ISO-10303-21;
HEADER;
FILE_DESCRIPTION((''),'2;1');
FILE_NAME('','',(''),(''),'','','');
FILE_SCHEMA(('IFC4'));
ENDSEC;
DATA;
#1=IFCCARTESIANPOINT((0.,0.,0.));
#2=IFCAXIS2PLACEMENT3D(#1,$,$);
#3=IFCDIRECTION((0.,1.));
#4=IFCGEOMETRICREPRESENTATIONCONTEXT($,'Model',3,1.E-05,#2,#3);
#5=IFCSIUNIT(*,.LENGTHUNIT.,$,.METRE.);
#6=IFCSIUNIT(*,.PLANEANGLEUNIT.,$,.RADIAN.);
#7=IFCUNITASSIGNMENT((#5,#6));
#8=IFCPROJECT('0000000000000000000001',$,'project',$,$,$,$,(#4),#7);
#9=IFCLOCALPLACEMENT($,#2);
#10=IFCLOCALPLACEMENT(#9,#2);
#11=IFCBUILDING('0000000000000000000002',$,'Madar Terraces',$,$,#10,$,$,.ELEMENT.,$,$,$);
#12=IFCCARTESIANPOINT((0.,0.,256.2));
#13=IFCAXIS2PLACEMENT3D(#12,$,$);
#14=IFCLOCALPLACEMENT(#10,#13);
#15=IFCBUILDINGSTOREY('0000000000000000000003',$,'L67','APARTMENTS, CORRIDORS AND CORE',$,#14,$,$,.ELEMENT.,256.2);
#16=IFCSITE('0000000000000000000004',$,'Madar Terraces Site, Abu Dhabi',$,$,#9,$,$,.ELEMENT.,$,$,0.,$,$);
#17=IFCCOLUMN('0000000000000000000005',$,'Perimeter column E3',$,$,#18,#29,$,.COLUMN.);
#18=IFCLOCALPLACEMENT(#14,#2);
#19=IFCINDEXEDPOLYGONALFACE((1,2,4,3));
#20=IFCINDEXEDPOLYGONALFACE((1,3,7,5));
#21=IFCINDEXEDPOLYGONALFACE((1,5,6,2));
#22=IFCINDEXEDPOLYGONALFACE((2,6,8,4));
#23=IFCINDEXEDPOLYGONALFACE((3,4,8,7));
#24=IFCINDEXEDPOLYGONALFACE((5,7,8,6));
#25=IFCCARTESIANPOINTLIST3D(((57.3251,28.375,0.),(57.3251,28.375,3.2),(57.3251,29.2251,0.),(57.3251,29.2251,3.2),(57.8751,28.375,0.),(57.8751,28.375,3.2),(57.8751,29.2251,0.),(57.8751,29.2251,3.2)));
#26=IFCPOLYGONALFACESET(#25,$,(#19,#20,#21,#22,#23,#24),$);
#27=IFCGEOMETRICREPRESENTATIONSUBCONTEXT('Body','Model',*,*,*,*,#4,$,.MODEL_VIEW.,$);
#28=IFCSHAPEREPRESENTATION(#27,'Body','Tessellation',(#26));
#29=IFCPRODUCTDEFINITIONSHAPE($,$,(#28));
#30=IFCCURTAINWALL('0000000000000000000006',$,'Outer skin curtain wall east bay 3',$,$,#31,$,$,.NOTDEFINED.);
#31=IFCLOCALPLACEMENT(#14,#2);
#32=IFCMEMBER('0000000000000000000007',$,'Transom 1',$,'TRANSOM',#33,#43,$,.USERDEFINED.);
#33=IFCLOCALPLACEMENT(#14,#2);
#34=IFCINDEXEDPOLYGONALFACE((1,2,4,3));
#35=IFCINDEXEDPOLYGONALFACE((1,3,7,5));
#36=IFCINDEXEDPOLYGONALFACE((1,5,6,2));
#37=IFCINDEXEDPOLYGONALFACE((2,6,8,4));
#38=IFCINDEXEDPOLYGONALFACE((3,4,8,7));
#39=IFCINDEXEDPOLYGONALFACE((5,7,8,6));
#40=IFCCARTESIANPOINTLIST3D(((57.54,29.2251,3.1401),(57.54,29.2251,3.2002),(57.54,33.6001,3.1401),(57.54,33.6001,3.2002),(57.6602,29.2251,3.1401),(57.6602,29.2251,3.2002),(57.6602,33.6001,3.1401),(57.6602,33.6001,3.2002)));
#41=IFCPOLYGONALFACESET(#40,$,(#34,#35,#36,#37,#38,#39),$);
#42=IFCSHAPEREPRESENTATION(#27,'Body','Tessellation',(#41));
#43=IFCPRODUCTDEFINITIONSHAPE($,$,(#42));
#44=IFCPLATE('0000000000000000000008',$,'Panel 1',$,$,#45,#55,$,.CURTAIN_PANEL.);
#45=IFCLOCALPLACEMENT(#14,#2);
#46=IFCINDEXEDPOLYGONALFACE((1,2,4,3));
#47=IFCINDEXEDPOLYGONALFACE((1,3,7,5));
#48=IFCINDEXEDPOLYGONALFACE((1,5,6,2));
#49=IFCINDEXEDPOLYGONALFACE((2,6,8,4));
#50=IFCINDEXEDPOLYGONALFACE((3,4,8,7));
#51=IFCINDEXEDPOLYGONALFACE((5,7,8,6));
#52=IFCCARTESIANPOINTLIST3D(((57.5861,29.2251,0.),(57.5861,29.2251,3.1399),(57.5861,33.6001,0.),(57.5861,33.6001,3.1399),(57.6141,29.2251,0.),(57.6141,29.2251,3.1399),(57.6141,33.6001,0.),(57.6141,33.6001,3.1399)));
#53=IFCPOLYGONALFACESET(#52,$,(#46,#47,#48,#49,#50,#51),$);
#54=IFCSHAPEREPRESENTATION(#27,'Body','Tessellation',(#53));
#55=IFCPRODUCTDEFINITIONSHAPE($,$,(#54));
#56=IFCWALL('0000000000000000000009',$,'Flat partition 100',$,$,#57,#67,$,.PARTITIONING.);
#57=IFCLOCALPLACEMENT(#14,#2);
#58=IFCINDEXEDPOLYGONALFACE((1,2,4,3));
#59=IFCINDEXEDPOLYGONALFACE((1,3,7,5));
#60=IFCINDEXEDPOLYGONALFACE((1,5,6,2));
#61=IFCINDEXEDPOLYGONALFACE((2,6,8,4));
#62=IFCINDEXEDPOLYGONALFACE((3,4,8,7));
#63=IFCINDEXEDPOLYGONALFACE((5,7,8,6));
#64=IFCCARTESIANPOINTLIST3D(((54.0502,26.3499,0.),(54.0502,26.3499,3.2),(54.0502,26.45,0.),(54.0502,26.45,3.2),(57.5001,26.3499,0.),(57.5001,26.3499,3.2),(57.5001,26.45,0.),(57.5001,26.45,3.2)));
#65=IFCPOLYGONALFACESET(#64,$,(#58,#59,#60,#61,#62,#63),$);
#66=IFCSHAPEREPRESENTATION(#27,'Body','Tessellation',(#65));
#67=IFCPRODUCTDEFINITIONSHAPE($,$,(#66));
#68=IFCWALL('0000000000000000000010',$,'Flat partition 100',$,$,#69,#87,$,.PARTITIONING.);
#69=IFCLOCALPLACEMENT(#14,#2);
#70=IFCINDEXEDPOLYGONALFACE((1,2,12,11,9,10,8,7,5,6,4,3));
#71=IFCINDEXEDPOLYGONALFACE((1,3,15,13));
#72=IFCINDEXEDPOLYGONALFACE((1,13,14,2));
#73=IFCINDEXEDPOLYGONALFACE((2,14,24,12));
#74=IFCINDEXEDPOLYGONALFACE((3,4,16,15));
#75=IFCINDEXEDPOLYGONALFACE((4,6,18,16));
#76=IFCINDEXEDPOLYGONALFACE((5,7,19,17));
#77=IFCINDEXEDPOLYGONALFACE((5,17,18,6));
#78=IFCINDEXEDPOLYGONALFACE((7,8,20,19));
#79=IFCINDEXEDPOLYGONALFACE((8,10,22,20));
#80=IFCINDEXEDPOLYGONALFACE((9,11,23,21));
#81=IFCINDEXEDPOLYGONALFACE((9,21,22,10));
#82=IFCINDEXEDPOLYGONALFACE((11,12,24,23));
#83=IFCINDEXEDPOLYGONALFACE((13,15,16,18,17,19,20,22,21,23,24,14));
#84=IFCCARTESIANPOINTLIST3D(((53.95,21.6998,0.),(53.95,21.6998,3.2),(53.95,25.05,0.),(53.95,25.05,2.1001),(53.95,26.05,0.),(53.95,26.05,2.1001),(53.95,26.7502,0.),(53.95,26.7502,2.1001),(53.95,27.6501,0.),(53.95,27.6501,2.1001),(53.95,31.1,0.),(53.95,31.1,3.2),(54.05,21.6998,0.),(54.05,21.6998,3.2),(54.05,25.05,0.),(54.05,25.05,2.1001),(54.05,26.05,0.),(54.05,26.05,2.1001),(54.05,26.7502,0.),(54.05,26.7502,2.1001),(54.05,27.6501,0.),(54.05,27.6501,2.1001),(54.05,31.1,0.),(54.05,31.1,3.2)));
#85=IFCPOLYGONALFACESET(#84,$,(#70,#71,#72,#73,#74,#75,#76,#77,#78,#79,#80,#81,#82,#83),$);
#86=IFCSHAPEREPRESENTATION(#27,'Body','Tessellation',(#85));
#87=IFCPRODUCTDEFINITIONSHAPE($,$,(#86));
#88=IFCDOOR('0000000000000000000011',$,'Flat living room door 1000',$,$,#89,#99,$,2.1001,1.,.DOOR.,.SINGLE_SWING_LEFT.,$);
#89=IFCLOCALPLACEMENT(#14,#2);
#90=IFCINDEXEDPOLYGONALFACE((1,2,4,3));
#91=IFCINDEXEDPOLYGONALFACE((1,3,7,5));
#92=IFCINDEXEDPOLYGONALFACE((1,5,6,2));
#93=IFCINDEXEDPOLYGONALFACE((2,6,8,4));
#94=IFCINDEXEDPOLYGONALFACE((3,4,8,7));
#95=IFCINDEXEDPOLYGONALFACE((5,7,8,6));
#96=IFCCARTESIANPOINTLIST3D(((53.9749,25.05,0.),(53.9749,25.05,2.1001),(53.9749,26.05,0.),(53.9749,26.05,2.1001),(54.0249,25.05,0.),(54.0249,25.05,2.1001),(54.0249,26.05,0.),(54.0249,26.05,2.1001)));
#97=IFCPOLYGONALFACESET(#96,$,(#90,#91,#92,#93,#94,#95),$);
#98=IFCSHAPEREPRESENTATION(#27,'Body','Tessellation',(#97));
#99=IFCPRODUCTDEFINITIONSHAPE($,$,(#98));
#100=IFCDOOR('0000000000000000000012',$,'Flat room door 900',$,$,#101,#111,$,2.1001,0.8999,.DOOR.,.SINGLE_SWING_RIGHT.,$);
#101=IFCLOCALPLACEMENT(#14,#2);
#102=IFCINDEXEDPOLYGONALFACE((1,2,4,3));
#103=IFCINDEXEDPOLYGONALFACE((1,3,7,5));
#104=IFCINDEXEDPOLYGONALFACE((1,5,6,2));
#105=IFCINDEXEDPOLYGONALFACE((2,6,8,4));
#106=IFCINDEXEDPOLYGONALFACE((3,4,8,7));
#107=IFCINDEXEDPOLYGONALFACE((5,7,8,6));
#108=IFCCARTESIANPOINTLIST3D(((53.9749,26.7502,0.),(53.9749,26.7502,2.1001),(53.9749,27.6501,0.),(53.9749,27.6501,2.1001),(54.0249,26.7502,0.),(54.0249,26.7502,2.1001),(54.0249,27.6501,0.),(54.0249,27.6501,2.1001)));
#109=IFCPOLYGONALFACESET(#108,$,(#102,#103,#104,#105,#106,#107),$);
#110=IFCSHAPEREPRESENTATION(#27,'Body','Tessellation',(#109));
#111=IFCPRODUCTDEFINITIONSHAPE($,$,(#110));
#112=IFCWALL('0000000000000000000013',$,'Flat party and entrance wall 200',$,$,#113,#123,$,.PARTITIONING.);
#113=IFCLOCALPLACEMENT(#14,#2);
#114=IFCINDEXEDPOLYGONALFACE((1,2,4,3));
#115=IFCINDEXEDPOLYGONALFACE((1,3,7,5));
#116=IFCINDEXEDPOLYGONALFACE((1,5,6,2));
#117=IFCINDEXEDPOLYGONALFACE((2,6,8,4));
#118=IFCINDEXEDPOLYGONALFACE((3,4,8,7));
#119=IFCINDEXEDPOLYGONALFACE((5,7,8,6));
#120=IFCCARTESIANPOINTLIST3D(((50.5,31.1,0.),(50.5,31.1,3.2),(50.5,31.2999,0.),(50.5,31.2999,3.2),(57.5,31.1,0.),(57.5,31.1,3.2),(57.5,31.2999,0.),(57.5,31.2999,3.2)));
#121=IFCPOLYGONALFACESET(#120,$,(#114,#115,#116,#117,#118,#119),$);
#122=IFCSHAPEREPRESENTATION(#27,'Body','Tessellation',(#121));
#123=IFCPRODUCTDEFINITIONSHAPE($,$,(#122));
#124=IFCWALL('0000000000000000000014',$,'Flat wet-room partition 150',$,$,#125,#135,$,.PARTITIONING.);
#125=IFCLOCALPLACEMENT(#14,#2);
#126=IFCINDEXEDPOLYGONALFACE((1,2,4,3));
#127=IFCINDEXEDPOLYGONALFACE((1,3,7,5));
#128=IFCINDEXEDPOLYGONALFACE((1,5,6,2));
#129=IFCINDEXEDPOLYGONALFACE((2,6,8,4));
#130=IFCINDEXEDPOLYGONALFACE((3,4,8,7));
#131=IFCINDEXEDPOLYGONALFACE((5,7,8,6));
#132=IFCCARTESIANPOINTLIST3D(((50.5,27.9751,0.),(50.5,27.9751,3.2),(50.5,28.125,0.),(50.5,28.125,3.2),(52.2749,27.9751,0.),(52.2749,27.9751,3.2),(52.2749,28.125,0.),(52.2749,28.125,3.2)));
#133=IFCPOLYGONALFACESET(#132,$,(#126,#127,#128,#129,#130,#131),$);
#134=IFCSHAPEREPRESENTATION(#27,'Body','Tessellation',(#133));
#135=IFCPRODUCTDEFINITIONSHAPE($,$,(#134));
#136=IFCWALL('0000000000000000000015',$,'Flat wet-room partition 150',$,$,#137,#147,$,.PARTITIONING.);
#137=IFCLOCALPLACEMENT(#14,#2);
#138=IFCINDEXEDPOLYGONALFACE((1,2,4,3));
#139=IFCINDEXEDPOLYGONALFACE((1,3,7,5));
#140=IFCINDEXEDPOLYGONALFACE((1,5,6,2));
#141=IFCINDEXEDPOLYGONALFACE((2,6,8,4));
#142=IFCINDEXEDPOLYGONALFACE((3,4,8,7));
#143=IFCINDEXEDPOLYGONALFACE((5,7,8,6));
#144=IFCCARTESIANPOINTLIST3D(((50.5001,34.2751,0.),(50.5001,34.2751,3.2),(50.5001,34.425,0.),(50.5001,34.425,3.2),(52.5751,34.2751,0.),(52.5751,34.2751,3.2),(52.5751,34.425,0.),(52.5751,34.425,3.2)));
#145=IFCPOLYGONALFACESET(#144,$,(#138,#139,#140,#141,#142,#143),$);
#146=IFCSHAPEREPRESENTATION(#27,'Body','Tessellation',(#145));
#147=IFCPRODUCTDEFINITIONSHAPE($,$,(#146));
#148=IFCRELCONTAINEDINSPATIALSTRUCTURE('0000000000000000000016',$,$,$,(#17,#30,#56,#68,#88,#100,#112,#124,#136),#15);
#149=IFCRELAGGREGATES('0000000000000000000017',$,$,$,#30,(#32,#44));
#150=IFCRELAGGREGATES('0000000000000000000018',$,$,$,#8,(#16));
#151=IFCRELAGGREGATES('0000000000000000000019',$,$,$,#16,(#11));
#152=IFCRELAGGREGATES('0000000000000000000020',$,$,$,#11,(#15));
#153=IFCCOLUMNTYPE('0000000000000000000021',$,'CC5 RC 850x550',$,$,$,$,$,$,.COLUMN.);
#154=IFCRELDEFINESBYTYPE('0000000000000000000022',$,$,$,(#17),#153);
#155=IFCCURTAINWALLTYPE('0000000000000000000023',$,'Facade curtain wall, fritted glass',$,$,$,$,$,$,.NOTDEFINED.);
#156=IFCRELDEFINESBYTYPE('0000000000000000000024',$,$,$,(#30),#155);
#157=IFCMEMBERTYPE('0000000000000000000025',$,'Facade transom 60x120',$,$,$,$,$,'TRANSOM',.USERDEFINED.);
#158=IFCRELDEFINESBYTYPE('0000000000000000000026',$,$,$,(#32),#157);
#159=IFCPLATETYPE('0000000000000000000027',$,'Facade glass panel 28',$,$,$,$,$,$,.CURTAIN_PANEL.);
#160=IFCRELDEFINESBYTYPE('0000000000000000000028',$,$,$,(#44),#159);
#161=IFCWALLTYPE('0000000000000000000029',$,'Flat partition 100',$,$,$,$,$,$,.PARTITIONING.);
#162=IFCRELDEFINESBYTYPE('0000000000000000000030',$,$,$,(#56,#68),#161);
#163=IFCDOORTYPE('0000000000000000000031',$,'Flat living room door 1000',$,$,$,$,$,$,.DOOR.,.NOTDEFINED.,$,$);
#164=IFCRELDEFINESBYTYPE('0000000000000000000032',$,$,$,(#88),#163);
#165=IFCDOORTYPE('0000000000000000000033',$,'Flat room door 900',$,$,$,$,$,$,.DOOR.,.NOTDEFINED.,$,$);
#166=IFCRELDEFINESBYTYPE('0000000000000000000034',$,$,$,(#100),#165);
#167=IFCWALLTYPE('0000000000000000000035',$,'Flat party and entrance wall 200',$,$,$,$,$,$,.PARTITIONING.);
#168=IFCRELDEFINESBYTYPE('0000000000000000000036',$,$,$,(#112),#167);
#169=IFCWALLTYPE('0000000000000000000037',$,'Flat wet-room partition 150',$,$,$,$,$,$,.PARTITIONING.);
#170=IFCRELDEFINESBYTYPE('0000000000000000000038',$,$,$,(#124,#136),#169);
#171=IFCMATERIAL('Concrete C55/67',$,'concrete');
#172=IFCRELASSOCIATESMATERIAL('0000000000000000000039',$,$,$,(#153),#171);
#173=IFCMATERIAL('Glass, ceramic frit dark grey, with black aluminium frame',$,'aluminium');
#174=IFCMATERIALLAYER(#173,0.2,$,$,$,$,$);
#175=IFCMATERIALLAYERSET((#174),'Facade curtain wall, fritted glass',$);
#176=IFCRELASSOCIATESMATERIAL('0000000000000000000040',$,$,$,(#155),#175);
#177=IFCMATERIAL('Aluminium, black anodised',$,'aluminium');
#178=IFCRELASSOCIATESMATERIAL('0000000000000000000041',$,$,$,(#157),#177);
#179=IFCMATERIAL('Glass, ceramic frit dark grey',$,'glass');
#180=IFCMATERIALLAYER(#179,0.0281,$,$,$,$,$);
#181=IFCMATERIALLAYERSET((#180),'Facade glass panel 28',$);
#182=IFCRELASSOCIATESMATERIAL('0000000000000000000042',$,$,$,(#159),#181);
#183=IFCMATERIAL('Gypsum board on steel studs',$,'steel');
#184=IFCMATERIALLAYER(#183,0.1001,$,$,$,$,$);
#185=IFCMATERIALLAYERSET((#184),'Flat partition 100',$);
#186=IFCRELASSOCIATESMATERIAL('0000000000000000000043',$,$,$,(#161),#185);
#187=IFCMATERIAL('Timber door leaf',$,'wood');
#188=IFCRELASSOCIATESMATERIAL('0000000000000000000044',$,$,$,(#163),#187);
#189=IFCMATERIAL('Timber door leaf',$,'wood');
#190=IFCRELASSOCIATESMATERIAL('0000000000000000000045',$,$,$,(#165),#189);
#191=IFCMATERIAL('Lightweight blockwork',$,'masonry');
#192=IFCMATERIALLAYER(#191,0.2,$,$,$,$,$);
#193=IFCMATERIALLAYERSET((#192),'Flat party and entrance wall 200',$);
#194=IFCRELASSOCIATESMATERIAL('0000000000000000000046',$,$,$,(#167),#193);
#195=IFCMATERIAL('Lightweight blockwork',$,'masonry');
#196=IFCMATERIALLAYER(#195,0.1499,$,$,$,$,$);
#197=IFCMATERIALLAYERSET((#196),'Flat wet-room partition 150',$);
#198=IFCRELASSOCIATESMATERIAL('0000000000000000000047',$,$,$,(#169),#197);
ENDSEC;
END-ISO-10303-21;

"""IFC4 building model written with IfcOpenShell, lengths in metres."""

from ifc_helpers import new_model, si_unit, direction, frame, frame_2d, origin, origin_2d, place, context, subcontext, project, spatial, rectangle, extrude, material, layer, layer_set, material_profile, profile_set, type_object, element, fill, aggregate, save


model = new_model("IFC4")

# Units and contexts
model_context = context("Model", 3, precision=1e-05, world=origin(), true_north=direction((0.0, 1.0)))
body_context = subcontext(model_context, "Body", "Model", "MODEL_VIEW")
ifc_project = project(units=[si_unit("LENGTHUNIT", "METRE"), si_unit("PLANEANGLEUNIT", "RADIAN")], contexts=[model_context])

# Site, building, storey
site_placement = place(None, origin())
site = spatial("IfcSite", under=ifc_project, at=site_placement, Name="Madar Terraces Site, Abu Dhabi", CompositionType="ELEMENT", RefElevation=0.0)
building_placement = place(site_placement, origin())
building = spatial("IfcBuilding", under=site, at=building_placement, Name="Madar Terraces", CompositionType="ELEMENT")
storey_placement = place(building_placement, frame((0.0, 0.0, 256.2)))
storey = spatial("IfcBuildingStorey", under=building, at=storey_placement, Name="L67", Description="APARTMENTS, CORRIDORS AND CORE", CompositionType="ELEMENT", Elevation=256.2)

# Column
ifc_material_1 = material(Name="Concrete C55/67", Category="concrete")
ifc_material_profile_1 = material_profile(ifc_material_1, rectangle(XDim=0.8501, YDim=0.55, at=origin_2d()), Name="CC5 RC 850x550")
ifc_profile_set_1 = profile_set([ifc_material_profile_1], Name="Concrete C55/67")
column_type = type_object("IfcColumnType", Name="CC5 RC 850x550", PredefinedType="COLUMN", material=ifc_profile_set_1)
column_placement = place(storey_placement, frame((57.6001, 28.8, 0.0), z_axis=(0.0, 0.0, 1.0), x_axis=(0.0, 1.0, 0.0)))
element("IfcColumn", 1, at=column_placement, inside=storey, type_object=column_type, Name="Perimeter column E3", PredefinedType="COLUMN", context=body_context, shape_type="SweptSolid", body=[
    extrude(rectangle(XDim=0.8501, YDim=0.55, at=origin_2d()), origin(), (0.0, 0.0, 1.0), 3.2),
])

# Curtain wall, member, plate
ifc_material_2 = material(Name="Glass, ceramic frit dark grey, with black aluminium frame", Category="aluminium")
ifc_layer_1 = layer(ifc_material_2, 0.2)
ifc_layer_set_1 = layer_set([ifc_layer_1], Name="Facade curtain wall, fritted glass")
curtain_wall_type = type_object("IfcCurtainWallType", Name="Facade curtain wall, fritted glass", PredefinedType="NOTDEFINED", material=ifc_layer_set_1)
curtain_wall_placement = place(storey_placement, origin())
curtain_wall = element("IfcCurtainWall", 2, at=curtain_wall_placement, inside=storey, type_object=curtain_wall_type, Name="Outer skin curtain wall east bay 3", PredefinedType="NOTDEFINED")
ifc_material_3 = material(Name="Aluminium, black anodised", Category="aluminium")
ifc_material_profile_2 = material_profile(ifc_material_3, rectangle(XDim=0.1201, YDim=0.0601, at=origin_2d()), Name="Facade transom 60x120")
ifc_profile_set_2 = profile_set([ifc_material_profile_2], Name="Aluminium, black anodised")
member_type = type_object("IfcMemberType", Name="Facade transom 60x120", ElementType="TRANSOM", PredefinedType="USERDEFINED", material=ifc_profile_set_2)
member_placement = place(storey_placement, frame((57.6001, 29.2251, 3.1702), z_axis=(0.0, 1.0, 0.0), x_axis=(-1.0, 0.0, 0.0)))
member = element("IfcMember", 3, at=member_placement, type_object=member_type, Name="Transom 1", ObjectType="TRANSOM", PredefinedType="USERDEFINED", context=body_context, shape_type="SweptSolid", body=[
    extrude(rectangle(XDim=0.1201, YDim=0.0601, at=origin_2d()), origin(), (0.0, 0.0, 1.0), 4.375),
])
ifc_material_4 = material(Name="Glass, ceramic frit dark grey", Category="glass")
ifc_layer_2 = layer(ifc_material_4, 0.0281)
ifc_layer_set_2 = layer_set([ifc_layer_2], Name="Facade glass panel 28")
plate_type = type_object("IfcPlateType", Name="Facade glass panel 28", PredefinedType="CURTAIN_PANEL", material=ifc_layer_set_2)
plate_placement = place(storey_placement, frame((57.6001, 31.4126, 0.0), z_axis=(0.0, 0.0, 1.0), x_axis=(0.0, 1.0, 0.0)))
plate = element("IfcPlate", 4, at=plate_placement, type_object=plate_type, Name="Panel 1", PredefinedType="CURTAIN_PANEL", context=body_context, shape_type="SweptSolid", body=[
    extrude(rectangle(XDim=4.375, YDim=0.0281, at=origin_2d()), origin(), (0.0, 0.0, 1.0), 3.1399),
])
aggregate(curtain_wall, [member, plate])

# Wall
ifc_material_5 = material(Name="Gypsum board on steel studs", Category="steel")
ifc_layer_3 = layer(ifc_material_5, 0.1001)
ifc_layer_set_3 = layer_set([ifc_layer_3], Name="Flat partition 100")
wall_type_1 = type_object("IfcWallType", Name="Flat partition 100", PredefinedType="PARTITIONING", material=ifc_layer_set_3)
wall_1_placement = place(storey_placement, frame((54.05, 26.3999, 0.0), z_axis=(0.0, 0.0, 1.0), x_axis=(1.0, 0.0, 0.0)))
element("IfcWall", 5, at=wall_1_placement, inside=storey, type_object=wall_type_1, Name="Flat partition 100", PredefinedType="PARTITIONING", context=body_context, shape_type="SweptSolid", body=[
    extrude(rectangle(XDim=3.45, YDim=0.1001, at=frame_2d((1.7251, 0.0))), origin(), (0.0, 0.0, 1.0), 3.2),
])

# Wall, openings, doors
wall_2_placement = place(storey_placement, frame((54.0, 31.1001, 0.0), z_axis=(0.0, 0.0, 1.0), x_axis=(0.0, -1.0, 0.0)))
wall_2 = element("IfcWall", 6, at=wall_2_placement, inside=storey, type_object=wall_type_1, Name="Flat partition 100", PredefinedType="PARTITIONING", context=body_context, shape_type="SweptSolid", body=[
    extrude(rectangle(XDim=9.4001, YDim=0.1001, at=frame_2d((4.7002, 0.0))), origin(), (0.0, 0.0, 1.0), 3.2),
])
opening_1_placement = place(wall_2_placement, frame((5.05, 0.0, 0.0)))
opening_1 = element("IfcOpeningElement", 7, at=opening_1_placement, cuts=wall_2, PredefinedType="OPENING", context=body_context, shape_type="SweptSolid", body=[
    extrude(rectangle(XDim=1.0, YDim=2.1001, at=frame_2d((0.5, 1.05))), frame((0.0, 0.0601, 0.0), z_axis=(0.0, -1.0, 0.0), x_axis=(1.0, 0.0, 0.0)), (0.0, 0.0, 1.0), 0.1201),
])
opening_2_placement = place(wall_2_placement, frame((3.45, 0.0, 0.0)))
opening_2 = element("IfcOpeningElement", 8, at=opening_2_placement, cuts=wall_2, PredefinedType="OPENING", context=body_context, shape_type="SweptSolid", body=[
    extrude(rectangle(XDim=0.8999, YDim=2.1001, at=frame_2d((0.45, 1.05))), frame((0.0, 0.0601, 0.0), z_axis=(0.0, -1.0, 0.0), x_axis=(1.0, 0.0, 0.0)), (0.0, 0.0, 1.0), 0.1201),
])
ifc_material_6 = material(Name="Timber door leaf", Category="wood")
door_type_1 = type_object("IfcDoorType", Name="Flat living room door 1000", OperationType="NOTDEFINED", PredefinedType="DOOR", material=ifc_material_6)
door_1_placement = place(opening_1_placement, origin())
door_1 = element("IfcDoor", 9, at=door_1_placement, inside=storey, type_object=door_type_1, Name="Flat living room door 1000", OperationType="SINGLE_SWING_LEFT", OverallHeight=2.1001, OverallWidth=1.0, PredefinedType="DOOR", context=body_context, shape_type="SweptSolid", body=[
    extrude(rectangle(XDim=1.0, YDim=2.1001, at=frame_2d((0.5, 1.05))), frame((0.0, 0.0249, 0.0), z_axis=(0.0, -1.0, 0.0), x_axis=(1.0, 0.0, 0.0)), (0.0, 0.0, 1.0), 0.05),
])
fill(opening_1, door_1)
ifc_material_7 = material(Name="Timber door leaf", Category="wood")
door_type_2 = type_object("IfcDoorType", Name="Flat room door 900", OperationType="NOTDEFINED", PredefinedType="DOOR", material=ifc_material_7)
door_2_placement = place(opening_2_placement, origin())
door_2 = element("IfcDoor", 10, at=door_2_placement, inside=storey, type_object=door_type_2, Name="Flat room door 900", OperationType="SINGLE_SWING_RIGHT", OverallHeight=2.1001, OverallWidth=0.8999, PredefinedType="DOOR", context=body_context, shape_type="SweptSolid", body=[
    extrude(rectangle(XDim=0.8999, YDim=2.1001, at=frame_2d((0.45, 1.05))), frame((0.0, 0.0249, 0.0), z_axis=(0.0, -1.0, 0.0), x_axis=(1.0, 0.0, 0.0)), (0.0, 0.0, 1.0), 0.05),
])
fill(opening_2, door_2)

# Walls
ifc_material_8 = material(Name="Lightweight blockwork", Category="masonry")
ifc_layer_4 = layer(ifc_material_8, 0.2)
ifc_layer_set_4 = layer_set([ifc_layer_4], Name="Flat party and entrance wall 200")
wall_type_2 = type_object("IfcWallType", Name="Flat party and entrance wall 200", PredefinedType="PARTITIONING", material=ifc_layer_set_4)
wall_3_placement = place(storey_placement, frame((50.5, 31.2, 0.0), z_axis=(0.0, 0.0, 1.0), x_axis=(1.0, 0.0, 0.0)))
element("IfcWall", 11, at=wall_3_placement, inside=storey, type_object=wall_type_2, Name="Flat party and entrance wall 200", PredefinedType="PARTITIONING", context=body_context, shape_type="SweptSolid", body=[
    extrude(rectangle(XDim=7.0, YDim=0.2, at=frame_2d((3.5, 0.0))), origin(), (0.0, 0.0, 1.0), 3.2),
])
ifc_material_9 = material(Name="Lightweight blockwork", Category="masonry")
ifc_layer_5 = layer(ifc_material_9, 0.1499)
ifc_layer_set_5 = layer_set([ifc_layer_5], Name="Flat wet-room partition 150")
wall_type_3 = type_object("IfcWallType", Name="Flat wet-room partition 150", PredefinedType="PARTITIONING", material=ifc_layer_set_5)
wall_4_placement = place(storey_placement, frame((50.5, 28.05, 0.0), z_axis=(0.0, 0.0, 1.0), x_axis=(1.0, 0.0, 0.0)))
element("IfcWall", 12, at=wall_4_placement, inside=storey, type_object=wall_type_3, Name="Flat wet-room partition 150", PredefinedType="PARTITIONING", context=body_context, shape_type="SweptSolid", body=[
    extrude(rectangle(XDim=1.7749, YDim=0.1499, at=frame_2d((0.8875, 0.0))), origin(), (0.0, 0.0, 1.0), 3.2),
])
wall_5_placement = place(storey_placement, frame((50.5, 34.3501, 0.0), z_axis=(0.0, 0.0, 1.0), x_axis=(1.0, 0.0, 0.0)))
element("IfcWall", 13, at=wall_5_placement, inside=storey, type_object=wall_type_3, Name="Flat wet-room partition 150", PredefinedType="PARTITIONING", context=body_context, shape_type="SweptSolid", body=[
    extrude(rectangle(XDim=2.075, YDim=0.1499, at=frame_2d((1.0376, 0.0))), origin(), (0.0, 0.0, 1.0), 3.2),
])

save(model, "model.ifc")
